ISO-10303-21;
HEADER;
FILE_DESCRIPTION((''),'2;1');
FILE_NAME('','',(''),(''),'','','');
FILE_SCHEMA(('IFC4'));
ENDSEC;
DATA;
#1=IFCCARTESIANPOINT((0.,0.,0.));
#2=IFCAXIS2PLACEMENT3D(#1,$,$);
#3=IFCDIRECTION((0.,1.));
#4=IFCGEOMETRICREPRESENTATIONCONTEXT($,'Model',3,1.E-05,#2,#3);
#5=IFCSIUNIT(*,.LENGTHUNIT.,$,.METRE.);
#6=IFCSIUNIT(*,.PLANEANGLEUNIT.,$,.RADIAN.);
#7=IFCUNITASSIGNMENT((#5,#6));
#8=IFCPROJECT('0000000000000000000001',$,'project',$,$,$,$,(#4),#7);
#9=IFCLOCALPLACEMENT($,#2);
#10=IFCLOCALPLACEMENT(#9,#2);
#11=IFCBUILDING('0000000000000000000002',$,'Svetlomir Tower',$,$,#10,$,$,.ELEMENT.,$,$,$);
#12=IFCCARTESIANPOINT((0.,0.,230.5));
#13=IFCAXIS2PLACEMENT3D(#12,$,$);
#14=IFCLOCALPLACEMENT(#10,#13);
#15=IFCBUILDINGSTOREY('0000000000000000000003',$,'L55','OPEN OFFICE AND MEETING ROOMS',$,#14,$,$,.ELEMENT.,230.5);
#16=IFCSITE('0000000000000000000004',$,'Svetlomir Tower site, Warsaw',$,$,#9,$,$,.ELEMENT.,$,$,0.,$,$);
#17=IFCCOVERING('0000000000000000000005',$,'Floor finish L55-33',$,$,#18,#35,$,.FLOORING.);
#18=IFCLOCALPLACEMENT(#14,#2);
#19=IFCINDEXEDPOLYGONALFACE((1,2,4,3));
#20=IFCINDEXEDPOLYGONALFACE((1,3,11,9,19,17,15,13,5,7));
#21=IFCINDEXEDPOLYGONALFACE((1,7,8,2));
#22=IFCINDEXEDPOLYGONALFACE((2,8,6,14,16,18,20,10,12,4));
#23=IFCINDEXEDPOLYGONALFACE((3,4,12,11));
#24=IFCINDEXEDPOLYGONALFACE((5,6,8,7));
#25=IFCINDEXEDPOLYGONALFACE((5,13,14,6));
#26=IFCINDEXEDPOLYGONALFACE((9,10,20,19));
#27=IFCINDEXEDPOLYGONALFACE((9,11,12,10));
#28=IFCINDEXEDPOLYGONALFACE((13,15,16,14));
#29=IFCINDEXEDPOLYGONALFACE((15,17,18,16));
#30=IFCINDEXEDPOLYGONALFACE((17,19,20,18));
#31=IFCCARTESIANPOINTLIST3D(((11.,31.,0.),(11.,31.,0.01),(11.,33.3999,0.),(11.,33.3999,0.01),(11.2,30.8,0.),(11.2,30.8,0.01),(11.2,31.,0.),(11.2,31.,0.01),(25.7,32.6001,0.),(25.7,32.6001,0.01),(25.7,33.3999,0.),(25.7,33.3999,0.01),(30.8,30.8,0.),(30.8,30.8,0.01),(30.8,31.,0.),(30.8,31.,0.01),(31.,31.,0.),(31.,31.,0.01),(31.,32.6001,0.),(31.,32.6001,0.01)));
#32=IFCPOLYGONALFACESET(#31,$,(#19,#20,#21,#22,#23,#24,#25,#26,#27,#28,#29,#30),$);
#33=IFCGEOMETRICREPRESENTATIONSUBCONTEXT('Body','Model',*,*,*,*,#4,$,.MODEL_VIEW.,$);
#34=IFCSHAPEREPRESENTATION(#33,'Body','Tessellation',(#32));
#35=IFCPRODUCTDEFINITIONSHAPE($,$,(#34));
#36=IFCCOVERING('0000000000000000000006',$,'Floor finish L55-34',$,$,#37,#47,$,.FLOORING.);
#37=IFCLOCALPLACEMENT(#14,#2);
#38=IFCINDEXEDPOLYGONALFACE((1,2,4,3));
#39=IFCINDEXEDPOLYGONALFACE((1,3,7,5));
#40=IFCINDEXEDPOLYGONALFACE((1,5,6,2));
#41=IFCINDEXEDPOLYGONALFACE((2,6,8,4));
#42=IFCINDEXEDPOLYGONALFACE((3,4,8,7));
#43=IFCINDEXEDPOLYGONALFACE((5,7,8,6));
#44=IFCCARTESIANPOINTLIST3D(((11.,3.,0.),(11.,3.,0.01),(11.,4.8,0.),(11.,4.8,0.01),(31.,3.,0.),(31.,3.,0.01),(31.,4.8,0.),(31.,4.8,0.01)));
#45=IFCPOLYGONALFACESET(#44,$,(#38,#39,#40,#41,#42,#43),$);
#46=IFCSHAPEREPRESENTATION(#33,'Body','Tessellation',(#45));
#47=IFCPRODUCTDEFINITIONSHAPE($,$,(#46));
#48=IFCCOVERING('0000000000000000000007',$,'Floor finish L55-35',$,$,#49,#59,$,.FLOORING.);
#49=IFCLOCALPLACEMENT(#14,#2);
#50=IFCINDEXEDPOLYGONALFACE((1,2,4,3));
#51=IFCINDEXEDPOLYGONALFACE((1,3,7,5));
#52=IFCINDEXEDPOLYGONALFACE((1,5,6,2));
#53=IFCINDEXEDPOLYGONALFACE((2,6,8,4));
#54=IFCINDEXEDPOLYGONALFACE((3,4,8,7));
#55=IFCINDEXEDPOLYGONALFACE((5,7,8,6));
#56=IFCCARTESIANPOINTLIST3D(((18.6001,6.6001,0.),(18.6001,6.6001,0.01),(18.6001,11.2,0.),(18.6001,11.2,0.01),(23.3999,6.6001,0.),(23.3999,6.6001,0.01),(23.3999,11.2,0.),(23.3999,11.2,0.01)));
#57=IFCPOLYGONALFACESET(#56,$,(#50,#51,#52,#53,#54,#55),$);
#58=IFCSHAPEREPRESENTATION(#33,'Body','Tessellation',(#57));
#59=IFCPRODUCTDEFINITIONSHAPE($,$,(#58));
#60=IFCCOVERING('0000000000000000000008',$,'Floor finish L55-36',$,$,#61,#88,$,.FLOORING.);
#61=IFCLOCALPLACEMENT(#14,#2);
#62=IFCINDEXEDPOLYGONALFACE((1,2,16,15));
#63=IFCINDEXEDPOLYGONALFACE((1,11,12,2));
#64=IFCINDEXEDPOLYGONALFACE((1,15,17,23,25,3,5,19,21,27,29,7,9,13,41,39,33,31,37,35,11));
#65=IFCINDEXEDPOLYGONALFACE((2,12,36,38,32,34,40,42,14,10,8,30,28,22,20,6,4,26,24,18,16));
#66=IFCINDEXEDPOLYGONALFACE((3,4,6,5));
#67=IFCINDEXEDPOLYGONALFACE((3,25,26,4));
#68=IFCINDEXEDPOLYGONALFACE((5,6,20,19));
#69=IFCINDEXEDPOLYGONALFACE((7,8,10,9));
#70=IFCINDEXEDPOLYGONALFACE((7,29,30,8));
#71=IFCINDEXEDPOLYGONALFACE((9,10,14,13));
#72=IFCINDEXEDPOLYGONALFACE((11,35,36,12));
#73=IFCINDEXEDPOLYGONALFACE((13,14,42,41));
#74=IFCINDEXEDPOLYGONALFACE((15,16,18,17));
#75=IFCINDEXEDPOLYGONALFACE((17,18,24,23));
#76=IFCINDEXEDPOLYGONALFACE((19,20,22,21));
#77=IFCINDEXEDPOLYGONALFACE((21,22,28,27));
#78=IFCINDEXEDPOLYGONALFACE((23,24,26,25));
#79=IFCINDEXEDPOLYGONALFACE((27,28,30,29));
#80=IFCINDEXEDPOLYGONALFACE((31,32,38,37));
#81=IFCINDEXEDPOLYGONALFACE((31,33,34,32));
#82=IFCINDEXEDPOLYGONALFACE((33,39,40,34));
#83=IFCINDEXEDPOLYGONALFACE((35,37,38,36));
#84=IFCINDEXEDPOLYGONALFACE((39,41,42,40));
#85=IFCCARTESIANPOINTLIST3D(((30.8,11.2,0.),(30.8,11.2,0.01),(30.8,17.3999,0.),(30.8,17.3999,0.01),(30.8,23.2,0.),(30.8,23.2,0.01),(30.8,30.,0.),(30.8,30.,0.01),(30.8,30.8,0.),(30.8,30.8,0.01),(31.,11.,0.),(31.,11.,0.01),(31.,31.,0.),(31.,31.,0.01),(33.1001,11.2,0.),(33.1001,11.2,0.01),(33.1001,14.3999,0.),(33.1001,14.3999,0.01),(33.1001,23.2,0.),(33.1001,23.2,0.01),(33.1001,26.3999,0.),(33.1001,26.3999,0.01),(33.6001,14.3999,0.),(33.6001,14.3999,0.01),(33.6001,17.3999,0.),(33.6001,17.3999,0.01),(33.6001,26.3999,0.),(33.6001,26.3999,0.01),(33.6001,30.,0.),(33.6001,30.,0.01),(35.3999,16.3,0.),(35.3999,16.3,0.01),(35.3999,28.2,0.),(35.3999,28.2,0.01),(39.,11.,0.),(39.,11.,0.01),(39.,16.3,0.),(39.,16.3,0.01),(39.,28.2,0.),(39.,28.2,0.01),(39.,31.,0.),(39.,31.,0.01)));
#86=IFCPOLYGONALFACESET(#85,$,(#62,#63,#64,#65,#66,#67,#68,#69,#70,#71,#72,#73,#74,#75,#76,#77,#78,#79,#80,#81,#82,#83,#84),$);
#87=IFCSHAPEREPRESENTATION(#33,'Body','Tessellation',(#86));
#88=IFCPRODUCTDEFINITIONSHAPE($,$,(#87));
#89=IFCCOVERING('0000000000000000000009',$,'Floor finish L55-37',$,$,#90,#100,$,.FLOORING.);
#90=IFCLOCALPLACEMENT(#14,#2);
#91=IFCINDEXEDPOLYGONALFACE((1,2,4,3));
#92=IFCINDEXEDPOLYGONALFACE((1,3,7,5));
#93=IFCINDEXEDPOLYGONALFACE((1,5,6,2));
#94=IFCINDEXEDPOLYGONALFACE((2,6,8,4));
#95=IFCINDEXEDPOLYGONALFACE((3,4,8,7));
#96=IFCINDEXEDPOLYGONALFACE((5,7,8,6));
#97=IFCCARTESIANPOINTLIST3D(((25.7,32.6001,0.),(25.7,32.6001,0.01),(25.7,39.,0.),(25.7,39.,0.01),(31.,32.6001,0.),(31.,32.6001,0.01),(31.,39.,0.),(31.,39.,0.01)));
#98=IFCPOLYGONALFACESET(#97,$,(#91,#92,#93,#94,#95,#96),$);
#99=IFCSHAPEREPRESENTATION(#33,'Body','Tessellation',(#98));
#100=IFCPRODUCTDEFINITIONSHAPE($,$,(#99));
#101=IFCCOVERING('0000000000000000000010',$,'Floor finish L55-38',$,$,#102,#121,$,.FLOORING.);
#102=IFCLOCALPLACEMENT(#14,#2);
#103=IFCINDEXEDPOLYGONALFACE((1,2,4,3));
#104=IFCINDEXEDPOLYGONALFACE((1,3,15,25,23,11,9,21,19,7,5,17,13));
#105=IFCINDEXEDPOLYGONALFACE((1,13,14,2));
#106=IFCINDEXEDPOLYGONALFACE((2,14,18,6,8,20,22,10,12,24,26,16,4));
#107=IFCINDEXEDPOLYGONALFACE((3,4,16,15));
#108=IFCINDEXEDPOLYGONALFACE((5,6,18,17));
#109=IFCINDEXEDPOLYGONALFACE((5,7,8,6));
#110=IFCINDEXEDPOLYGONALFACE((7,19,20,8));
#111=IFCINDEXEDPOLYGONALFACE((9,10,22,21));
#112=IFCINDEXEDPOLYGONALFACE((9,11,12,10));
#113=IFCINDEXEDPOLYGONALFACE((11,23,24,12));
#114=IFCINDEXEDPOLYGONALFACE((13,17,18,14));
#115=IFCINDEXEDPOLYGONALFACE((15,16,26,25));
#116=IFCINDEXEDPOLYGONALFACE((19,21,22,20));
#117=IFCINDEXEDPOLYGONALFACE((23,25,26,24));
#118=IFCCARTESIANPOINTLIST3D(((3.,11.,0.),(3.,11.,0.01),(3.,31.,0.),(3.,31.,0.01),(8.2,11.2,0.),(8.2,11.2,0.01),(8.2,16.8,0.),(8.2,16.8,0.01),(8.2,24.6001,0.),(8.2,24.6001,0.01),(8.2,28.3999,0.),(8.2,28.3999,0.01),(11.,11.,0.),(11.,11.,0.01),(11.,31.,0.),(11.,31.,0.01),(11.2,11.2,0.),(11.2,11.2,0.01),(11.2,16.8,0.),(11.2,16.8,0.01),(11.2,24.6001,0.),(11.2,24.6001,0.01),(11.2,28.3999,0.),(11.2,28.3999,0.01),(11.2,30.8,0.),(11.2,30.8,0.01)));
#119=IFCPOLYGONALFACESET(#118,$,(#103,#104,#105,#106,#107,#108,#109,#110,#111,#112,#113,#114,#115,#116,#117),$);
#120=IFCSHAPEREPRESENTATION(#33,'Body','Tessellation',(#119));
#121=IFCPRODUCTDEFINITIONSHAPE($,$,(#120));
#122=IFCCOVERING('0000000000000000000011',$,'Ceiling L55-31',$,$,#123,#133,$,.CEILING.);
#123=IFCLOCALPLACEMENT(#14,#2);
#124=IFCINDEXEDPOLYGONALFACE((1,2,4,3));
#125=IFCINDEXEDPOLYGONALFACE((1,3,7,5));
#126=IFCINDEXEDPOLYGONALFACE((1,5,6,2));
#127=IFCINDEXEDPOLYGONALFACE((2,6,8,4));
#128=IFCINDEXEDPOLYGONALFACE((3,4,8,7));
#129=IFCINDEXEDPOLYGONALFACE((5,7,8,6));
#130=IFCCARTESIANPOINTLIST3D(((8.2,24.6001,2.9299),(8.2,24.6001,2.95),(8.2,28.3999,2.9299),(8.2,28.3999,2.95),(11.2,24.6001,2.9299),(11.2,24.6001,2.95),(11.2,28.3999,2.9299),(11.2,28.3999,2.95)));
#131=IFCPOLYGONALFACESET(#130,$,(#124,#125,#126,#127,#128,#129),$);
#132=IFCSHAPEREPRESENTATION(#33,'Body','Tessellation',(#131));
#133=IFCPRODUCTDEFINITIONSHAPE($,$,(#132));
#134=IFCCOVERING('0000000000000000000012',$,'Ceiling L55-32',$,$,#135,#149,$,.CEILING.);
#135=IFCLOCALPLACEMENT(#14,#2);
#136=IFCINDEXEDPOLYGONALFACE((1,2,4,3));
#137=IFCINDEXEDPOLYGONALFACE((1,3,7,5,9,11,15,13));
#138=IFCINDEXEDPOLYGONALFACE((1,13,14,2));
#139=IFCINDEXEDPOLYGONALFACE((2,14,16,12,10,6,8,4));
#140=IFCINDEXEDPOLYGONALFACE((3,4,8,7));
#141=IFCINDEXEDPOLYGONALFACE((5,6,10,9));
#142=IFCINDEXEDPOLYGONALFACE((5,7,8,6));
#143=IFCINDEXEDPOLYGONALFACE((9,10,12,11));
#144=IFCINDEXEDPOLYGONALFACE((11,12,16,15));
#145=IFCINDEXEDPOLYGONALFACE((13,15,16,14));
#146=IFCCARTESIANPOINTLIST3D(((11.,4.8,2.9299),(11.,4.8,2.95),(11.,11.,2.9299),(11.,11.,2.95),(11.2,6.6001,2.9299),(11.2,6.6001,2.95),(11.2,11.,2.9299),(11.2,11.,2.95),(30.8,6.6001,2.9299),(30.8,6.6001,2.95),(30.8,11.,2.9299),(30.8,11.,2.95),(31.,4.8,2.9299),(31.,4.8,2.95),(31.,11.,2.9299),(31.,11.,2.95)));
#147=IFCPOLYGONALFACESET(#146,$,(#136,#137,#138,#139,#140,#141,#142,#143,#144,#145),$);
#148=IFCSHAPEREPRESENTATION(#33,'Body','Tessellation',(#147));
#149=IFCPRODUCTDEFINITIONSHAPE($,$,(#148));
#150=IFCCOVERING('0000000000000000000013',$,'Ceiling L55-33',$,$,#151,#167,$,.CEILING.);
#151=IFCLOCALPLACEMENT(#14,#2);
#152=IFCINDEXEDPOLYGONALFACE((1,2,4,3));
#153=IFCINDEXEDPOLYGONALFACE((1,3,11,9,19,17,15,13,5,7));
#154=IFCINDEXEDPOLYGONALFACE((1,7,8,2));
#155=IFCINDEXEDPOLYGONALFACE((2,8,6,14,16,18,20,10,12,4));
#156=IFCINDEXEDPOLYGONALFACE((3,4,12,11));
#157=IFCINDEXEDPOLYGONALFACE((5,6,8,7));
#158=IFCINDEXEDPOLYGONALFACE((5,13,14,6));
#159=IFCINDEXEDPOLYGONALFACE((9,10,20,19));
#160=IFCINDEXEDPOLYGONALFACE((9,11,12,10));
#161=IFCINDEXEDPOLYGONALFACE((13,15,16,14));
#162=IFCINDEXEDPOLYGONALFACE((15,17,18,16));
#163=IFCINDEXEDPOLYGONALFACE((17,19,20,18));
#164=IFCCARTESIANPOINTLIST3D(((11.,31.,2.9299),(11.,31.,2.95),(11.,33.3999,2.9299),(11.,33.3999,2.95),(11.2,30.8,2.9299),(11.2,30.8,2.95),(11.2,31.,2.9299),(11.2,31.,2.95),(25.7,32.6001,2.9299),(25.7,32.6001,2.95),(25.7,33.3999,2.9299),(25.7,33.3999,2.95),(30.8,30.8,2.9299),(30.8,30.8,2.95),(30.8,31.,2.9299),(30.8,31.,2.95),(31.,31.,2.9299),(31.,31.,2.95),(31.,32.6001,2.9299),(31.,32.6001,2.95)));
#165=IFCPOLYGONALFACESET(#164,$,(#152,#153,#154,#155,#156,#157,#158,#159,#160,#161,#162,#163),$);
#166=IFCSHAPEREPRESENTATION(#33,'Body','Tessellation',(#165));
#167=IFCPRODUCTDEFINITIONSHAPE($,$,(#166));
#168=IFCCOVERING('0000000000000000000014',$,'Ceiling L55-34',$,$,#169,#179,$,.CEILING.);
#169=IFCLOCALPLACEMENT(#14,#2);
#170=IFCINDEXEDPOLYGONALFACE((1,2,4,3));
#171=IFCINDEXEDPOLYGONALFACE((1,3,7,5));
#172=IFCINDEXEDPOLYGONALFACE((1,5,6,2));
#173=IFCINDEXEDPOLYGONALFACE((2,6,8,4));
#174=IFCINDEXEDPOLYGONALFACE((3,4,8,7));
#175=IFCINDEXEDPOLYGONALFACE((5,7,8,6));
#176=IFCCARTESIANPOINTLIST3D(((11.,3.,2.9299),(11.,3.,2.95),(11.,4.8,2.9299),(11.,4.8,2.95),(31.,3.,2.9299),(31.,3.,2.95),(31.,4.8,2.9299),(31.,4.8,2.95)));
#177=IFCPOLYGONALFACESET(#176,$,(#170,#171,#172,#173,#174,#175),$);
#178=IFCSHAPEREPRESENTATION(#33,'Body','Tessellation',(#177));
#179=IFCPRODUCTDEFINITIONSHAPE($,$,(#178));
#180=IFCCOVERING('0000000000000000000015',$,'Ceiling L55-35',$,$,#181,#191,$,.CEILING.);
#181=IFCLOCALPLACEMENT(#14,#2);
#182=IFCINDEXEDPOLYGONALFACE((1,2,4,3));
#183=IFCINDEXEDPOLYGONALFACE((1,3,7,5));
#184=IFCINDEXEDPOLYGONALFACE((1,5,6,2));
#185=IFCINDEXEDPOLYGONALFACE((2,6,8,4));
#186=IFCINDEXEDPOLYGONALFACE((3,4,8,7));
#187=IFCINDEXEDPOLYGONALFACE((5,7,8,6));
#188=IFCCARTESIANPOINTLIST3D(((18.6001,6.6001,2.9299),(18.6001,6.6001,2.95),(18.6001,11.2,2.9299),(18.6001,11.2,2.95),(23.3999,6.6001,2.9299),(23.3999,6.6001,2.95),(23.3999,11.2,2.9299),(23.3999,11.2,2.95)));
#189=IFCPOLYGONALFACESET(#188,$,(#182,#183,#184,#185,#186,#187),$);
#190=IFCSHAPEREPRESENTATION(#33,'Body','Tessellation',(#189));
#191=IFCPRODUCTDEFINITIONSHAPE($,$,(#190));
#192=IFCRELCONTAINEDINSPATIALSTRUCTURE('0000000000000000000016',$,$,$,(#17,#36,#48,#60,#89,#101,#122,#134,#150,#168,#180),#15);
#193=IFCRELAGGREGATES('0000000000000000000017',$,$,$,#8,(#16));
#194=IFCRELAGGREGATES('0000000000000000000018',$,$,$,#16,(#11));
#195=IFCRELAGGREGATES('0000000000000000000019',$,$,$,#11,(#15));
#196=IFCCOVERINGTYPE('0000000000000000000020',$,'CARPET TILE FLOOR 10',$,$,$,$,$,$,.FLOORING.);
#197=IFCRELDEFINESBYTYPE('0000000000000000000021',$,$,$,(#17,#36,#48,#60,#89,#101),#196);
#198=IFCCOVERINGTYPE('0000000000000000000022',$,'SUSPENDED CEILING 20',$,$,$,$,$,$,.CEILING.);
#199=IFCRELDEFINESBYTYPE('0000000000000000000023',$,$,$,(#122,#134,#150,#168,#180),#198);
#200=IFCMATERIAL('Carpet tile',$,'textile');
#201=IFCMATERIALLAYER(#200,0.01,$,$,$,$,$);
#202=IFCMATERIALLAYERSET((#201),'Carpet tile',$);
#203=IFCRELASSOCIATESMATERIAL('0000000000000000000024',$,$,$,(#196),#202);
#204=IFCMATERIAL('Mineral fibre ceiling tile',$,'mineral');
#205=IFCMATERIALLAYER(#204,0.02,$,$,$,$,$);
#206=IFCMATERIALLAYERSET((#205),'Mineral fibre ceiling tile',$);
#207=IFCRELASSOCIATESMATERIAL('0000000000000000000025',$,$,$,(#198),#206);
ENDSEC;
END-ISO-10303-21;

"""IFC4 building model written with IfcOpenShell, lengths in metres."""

from ifc_helpers import new_model, si_unit, direction, frame, origin, place, context, subcontext, project, spatial, polyline, outline, extrude, material, layer, layer_set, type_object, element, save


model = new_model("IFC4")

# Units and contexts
model_context = context("Model", 3, precision=1e-05, world=origin(), true_north=direction((0.0, 1.0)))
body_context = subcontext(model_context, "Body", "Model", "MODEL_VIEW")
ifc_project = project(units=[si_unit("LENGTHUNIT", "METRE"), si_unit("PLANEANGLEUNIT", "RADIAN")], contexts=[model_context])

# Site, building, storey
site_placement = place(None, origin())
site = spatial("IfcSite", under=ifc_project, at=site_placement, Name="Svetlomir Tower site, Warsaw", CompositionType="ELEMENT", RefElevation=0.0)
building_placement = place(site_placement, origin())
building = spatial("IfcBuilding", under=site, at=building_placement, Name="Svetlomir Tower", CompositionType="ELEMENT")
storey_placement = place(building_placement, frame((0.0, 0.0, 230.5)))
storey = spatial("IfcBuildingStorey", under=building, at=storey_placement, Name="L55", Description="OPEN OFFICE AND MEETING ROOMS", CompositionType="ELEMENT", Elevation=230.5)

# Coverings
ifc_material_1 = material(Name="Carpet tile", Category="textile")
ifc_layer_1 = layer(ifc_material_1, 0.01)
ifc_layer_set_1 = layer_set([ifc_layer_1], Name="Carpet tile")
covering_type_1 = type_object("IfcCoveringType", Name="CARPET TILE FLOOR 10", PredefinedType="FLOORING", material=ifc_layer_set_1)
covering_1_placement = place(storey_placement, origin())
element("IfcCovering", 1, at=covering_1_placement, inside=storey, type_object=covering_type_1, Name="Floor finish L55-33", PredefinedType="FLOORING", context=body_context, shape_type="SweptSolid", body=[
    extrude(outline(polyline([(11.2, 30.8), (11.2, 31.0), (11.0, 31.0), (11.0, 33.3999), (25.7, 33.3999), (25.7, 32.6001), (31.0, 32.6001), (31.0, 31.0), (30.8, 31.0), (30.8, 30.8), (11.2, 30.8)])), origin(), (0.0, 0.0, 1.0), 0.01),
])
covering_2_placement = place(storey_placement, origin())
element("IfcCovering", 2, at=covering_2_placement, inside=storey, type_object=covering_type_1, Name="Floor finish L55-34", PredefinedType="FLOORING", context=body_context, shape_type="SweptSolid", body=[
    extrude(outline(polyline([(11.0, 3.0), (11.0, 4.8), (31.0, 4.8), (31.0, 3.0), (11.0, 3.0)])), origin(), (0.0, 0.0, 1.0), 0.01),
])
covering_3_placement = place(storey_placement, origin())
element("IfcCovering", 3, at=covering_3_placement, inside=storey, type_object=covering_type_1, Name="Floor finish L55-35", PredefinedType="FLOORING", context=body_context, shape_type="SweptSolid", body=[
    extrude(outline(polyline([(23.3999, 11.2), (23.3999, 6.6001), (18.6001, 6.6001), (18.6001, 11.2), (23.3999, 11.2)])), origin(), (0.0, 0.0, 1.0), 0.01),
])
covering_4_placement = place(storey_placement, origin())
element("IfcCovering", 4, at=covering_4_placement, inside=storey, type_object=covering_type_1, Name="Floor finish L55-36", PredefinedType="FLOORING", context=body_context, shape_type="SweptSolid", body=[
    extrude(outline(polyline([(30.8, 23.2), (33.1001, 23.2), (33.1001, 26.3999), (33.6001, 26.3999), (33.6001, 30.0), (30.8, 30.0), (30.8, 30.8), (31.0, 31.0), (39.0, 31.0), (39.0, 28.2), (35.3999, 28.2), (35.3999, 16.3), (39.0, 16.3), (39.0, 11.0), (31.0, 11.0), (30.8, 11.2), (33.1001, 11.2), (33.1001, 14.3999), (33.6001, 14.3999), (33.6001, 17.3999), (30.8, 17.3999), (30.8, 23.2)])), origin(), (0.0, 0.0, 1.0), 0.01),
])
covering_5_placement = place(storey_placement, origin())
element("IfcCovering", 5, at=covering_5_placement, inside=storey, type_object=covering_type_1, Name="Floor finish L55-37", PredefinedType="FLOORING", context=body_context, shape_type="SweptSolid", body=[
    extrude(outline(polyline([(31.0, 39.0), (31.0, 32.6001), (25.7, 32.6001), (25.7, 39.0), (31.0, 39.0)])), origin(), (0.0, 0.0, 1.0), 0.01),
])
covering_6_placement = place(storey_placement, origin())
element("IfcCovering", 6, at=covering_6_placement, inside=storey, type_object=covering_type_1, Name="Floor finish L55-38", PredefinedType="FLOORING", context=body_context, shape_type="SweptSolid", body=[
    extrude(outline(polyline([(3.0, 31.0), (11.0, 31.0), (11.2, 30.8), (11.2, 28.3999), (8.2, 28.3999), (8.2, 24.6001), (11.2, 24.6001), (11.2, 16.8), (8.2, 16.8), (8.2, 11.2), (11.2, 11.2), (11.0, 11.0), (3.0, 11.0), (3.0, 31.0)])), origin(), (0.0, 0.0, 1.0), 0.01),
])
ifc_material_2 = material(Name="Mineral fibre ceiling tile", Category="mineral")
ifc_layer_2 = layer(ifc_material_2, 0.02)
ifc_layer_set_2 = layer_set([ifc_layer_2], Name="Mineral fibre ceiling tile")
covering_type_2 = type_object("IfcCoveringType", Name="SUSPENDED CEILING 20", PredefinedType="CEILING", material=ifc_layer_set_2)
covering_7_placement = place(storey_placement, frame((0.0, 0.0, 2.9299)))
element("IfcCovering", 7, at=covering_7_placement, inside=storey, type_object=covering_type_2, Name="Ceiling L55-31", PredefinedType="CEILING", context=body_context, shape_type="SweptSolid", body=[
    extrude(outline(polyline([(8.2, 24.6001), (11.2, 24.6001), (11.2, 28.3999), (8.2, 28.3999), (8.2, 24.6001)])), origin(), (0.0, 0.0, 1.0), 0.02),
])
covering_8_placement = place(storey_placement, frame((0.0, 0.0, 2.9299)))
element("IfcCovering", 8, at=covering_8_placement, inside=storey, type_object=covering_type_2, Name="Ceiling L55-32", PredefinedType="CEILING", context=body_context, shape_type="SweptSolid", body=[
    extrude(outline(polyline([(11.0, 11.0), (11.2, 11.0), (11.2, 6.6001), (30.8, 6.6001), (30.8, 11.0), (31.0, 11.0), (31.0, 4.8), (11.0, 4.8), (11.0, 11.0)])), origin(), (0.0, 0.0, 1.0), 0.02),
])
covering_9_placement = place(storey_placement, frame((0.0, 0.0, 2.9299)))
element("IfcCovering", 9, at=covering_9_placement, inside=storey, type_object=covering_type_2, Name="Ceiling L55-33", PredefinedType="CEILING", context=body_context, shape_type="SweptSolid", body=[
    extrude(outline(polyline([(11.2, 30.8), (11.2, 31.0), (11.0, 31.0), (11.0, 33.3999), (25.7, 33.3999), (25.7, 32.6001), (31.0, 32.6001), (31.0, 31.0), (30.8, 31.0), (30.8, 30.8), (11.2, 30.8)])), origin(), (0.0, 0.0, 1.0), 0.02),
])
covering_10_placement = place(storey_placement, frame((0.0, 0.0, 2.9299)))
element("IfcCovering", 10, at=covering_10_placement, inside=storey, type_object=covering_type_2, Name="Ceiling L55-34", PredefinedType="CEILING", context=body_context, shape_type="SweptSolid", body=[
    extrude(outline(polyline([(11.0, 3.0), (11.0, 4.8), (31.0, 4.8), (31.0, 3.0), (11.0, 3.0)])), origin(), (0.0, 0.0, 1.0), 0.02),
])
covering_11_placement = place(storey_placement, frame((0.0, 0.0, 2.9299)))
element("IfcCovering", 11, at=covering_11_placement, inside=storey, type_object=covering_type_2, Name="Ceiling L55-35", PredefinedType="CEILING", context=body_context, shape_type="SweptSolid", body=[
    extrude(outline(polyline([(23.3999, 11.2), (23.3999, 6.6001), (18.6001, 6.6001), (18.6001, 11.2), (23.3999, 11.2)])), origin(), (0.0, 0.0, 1.0), 0.02),
])

save(model, "model.ifc")
